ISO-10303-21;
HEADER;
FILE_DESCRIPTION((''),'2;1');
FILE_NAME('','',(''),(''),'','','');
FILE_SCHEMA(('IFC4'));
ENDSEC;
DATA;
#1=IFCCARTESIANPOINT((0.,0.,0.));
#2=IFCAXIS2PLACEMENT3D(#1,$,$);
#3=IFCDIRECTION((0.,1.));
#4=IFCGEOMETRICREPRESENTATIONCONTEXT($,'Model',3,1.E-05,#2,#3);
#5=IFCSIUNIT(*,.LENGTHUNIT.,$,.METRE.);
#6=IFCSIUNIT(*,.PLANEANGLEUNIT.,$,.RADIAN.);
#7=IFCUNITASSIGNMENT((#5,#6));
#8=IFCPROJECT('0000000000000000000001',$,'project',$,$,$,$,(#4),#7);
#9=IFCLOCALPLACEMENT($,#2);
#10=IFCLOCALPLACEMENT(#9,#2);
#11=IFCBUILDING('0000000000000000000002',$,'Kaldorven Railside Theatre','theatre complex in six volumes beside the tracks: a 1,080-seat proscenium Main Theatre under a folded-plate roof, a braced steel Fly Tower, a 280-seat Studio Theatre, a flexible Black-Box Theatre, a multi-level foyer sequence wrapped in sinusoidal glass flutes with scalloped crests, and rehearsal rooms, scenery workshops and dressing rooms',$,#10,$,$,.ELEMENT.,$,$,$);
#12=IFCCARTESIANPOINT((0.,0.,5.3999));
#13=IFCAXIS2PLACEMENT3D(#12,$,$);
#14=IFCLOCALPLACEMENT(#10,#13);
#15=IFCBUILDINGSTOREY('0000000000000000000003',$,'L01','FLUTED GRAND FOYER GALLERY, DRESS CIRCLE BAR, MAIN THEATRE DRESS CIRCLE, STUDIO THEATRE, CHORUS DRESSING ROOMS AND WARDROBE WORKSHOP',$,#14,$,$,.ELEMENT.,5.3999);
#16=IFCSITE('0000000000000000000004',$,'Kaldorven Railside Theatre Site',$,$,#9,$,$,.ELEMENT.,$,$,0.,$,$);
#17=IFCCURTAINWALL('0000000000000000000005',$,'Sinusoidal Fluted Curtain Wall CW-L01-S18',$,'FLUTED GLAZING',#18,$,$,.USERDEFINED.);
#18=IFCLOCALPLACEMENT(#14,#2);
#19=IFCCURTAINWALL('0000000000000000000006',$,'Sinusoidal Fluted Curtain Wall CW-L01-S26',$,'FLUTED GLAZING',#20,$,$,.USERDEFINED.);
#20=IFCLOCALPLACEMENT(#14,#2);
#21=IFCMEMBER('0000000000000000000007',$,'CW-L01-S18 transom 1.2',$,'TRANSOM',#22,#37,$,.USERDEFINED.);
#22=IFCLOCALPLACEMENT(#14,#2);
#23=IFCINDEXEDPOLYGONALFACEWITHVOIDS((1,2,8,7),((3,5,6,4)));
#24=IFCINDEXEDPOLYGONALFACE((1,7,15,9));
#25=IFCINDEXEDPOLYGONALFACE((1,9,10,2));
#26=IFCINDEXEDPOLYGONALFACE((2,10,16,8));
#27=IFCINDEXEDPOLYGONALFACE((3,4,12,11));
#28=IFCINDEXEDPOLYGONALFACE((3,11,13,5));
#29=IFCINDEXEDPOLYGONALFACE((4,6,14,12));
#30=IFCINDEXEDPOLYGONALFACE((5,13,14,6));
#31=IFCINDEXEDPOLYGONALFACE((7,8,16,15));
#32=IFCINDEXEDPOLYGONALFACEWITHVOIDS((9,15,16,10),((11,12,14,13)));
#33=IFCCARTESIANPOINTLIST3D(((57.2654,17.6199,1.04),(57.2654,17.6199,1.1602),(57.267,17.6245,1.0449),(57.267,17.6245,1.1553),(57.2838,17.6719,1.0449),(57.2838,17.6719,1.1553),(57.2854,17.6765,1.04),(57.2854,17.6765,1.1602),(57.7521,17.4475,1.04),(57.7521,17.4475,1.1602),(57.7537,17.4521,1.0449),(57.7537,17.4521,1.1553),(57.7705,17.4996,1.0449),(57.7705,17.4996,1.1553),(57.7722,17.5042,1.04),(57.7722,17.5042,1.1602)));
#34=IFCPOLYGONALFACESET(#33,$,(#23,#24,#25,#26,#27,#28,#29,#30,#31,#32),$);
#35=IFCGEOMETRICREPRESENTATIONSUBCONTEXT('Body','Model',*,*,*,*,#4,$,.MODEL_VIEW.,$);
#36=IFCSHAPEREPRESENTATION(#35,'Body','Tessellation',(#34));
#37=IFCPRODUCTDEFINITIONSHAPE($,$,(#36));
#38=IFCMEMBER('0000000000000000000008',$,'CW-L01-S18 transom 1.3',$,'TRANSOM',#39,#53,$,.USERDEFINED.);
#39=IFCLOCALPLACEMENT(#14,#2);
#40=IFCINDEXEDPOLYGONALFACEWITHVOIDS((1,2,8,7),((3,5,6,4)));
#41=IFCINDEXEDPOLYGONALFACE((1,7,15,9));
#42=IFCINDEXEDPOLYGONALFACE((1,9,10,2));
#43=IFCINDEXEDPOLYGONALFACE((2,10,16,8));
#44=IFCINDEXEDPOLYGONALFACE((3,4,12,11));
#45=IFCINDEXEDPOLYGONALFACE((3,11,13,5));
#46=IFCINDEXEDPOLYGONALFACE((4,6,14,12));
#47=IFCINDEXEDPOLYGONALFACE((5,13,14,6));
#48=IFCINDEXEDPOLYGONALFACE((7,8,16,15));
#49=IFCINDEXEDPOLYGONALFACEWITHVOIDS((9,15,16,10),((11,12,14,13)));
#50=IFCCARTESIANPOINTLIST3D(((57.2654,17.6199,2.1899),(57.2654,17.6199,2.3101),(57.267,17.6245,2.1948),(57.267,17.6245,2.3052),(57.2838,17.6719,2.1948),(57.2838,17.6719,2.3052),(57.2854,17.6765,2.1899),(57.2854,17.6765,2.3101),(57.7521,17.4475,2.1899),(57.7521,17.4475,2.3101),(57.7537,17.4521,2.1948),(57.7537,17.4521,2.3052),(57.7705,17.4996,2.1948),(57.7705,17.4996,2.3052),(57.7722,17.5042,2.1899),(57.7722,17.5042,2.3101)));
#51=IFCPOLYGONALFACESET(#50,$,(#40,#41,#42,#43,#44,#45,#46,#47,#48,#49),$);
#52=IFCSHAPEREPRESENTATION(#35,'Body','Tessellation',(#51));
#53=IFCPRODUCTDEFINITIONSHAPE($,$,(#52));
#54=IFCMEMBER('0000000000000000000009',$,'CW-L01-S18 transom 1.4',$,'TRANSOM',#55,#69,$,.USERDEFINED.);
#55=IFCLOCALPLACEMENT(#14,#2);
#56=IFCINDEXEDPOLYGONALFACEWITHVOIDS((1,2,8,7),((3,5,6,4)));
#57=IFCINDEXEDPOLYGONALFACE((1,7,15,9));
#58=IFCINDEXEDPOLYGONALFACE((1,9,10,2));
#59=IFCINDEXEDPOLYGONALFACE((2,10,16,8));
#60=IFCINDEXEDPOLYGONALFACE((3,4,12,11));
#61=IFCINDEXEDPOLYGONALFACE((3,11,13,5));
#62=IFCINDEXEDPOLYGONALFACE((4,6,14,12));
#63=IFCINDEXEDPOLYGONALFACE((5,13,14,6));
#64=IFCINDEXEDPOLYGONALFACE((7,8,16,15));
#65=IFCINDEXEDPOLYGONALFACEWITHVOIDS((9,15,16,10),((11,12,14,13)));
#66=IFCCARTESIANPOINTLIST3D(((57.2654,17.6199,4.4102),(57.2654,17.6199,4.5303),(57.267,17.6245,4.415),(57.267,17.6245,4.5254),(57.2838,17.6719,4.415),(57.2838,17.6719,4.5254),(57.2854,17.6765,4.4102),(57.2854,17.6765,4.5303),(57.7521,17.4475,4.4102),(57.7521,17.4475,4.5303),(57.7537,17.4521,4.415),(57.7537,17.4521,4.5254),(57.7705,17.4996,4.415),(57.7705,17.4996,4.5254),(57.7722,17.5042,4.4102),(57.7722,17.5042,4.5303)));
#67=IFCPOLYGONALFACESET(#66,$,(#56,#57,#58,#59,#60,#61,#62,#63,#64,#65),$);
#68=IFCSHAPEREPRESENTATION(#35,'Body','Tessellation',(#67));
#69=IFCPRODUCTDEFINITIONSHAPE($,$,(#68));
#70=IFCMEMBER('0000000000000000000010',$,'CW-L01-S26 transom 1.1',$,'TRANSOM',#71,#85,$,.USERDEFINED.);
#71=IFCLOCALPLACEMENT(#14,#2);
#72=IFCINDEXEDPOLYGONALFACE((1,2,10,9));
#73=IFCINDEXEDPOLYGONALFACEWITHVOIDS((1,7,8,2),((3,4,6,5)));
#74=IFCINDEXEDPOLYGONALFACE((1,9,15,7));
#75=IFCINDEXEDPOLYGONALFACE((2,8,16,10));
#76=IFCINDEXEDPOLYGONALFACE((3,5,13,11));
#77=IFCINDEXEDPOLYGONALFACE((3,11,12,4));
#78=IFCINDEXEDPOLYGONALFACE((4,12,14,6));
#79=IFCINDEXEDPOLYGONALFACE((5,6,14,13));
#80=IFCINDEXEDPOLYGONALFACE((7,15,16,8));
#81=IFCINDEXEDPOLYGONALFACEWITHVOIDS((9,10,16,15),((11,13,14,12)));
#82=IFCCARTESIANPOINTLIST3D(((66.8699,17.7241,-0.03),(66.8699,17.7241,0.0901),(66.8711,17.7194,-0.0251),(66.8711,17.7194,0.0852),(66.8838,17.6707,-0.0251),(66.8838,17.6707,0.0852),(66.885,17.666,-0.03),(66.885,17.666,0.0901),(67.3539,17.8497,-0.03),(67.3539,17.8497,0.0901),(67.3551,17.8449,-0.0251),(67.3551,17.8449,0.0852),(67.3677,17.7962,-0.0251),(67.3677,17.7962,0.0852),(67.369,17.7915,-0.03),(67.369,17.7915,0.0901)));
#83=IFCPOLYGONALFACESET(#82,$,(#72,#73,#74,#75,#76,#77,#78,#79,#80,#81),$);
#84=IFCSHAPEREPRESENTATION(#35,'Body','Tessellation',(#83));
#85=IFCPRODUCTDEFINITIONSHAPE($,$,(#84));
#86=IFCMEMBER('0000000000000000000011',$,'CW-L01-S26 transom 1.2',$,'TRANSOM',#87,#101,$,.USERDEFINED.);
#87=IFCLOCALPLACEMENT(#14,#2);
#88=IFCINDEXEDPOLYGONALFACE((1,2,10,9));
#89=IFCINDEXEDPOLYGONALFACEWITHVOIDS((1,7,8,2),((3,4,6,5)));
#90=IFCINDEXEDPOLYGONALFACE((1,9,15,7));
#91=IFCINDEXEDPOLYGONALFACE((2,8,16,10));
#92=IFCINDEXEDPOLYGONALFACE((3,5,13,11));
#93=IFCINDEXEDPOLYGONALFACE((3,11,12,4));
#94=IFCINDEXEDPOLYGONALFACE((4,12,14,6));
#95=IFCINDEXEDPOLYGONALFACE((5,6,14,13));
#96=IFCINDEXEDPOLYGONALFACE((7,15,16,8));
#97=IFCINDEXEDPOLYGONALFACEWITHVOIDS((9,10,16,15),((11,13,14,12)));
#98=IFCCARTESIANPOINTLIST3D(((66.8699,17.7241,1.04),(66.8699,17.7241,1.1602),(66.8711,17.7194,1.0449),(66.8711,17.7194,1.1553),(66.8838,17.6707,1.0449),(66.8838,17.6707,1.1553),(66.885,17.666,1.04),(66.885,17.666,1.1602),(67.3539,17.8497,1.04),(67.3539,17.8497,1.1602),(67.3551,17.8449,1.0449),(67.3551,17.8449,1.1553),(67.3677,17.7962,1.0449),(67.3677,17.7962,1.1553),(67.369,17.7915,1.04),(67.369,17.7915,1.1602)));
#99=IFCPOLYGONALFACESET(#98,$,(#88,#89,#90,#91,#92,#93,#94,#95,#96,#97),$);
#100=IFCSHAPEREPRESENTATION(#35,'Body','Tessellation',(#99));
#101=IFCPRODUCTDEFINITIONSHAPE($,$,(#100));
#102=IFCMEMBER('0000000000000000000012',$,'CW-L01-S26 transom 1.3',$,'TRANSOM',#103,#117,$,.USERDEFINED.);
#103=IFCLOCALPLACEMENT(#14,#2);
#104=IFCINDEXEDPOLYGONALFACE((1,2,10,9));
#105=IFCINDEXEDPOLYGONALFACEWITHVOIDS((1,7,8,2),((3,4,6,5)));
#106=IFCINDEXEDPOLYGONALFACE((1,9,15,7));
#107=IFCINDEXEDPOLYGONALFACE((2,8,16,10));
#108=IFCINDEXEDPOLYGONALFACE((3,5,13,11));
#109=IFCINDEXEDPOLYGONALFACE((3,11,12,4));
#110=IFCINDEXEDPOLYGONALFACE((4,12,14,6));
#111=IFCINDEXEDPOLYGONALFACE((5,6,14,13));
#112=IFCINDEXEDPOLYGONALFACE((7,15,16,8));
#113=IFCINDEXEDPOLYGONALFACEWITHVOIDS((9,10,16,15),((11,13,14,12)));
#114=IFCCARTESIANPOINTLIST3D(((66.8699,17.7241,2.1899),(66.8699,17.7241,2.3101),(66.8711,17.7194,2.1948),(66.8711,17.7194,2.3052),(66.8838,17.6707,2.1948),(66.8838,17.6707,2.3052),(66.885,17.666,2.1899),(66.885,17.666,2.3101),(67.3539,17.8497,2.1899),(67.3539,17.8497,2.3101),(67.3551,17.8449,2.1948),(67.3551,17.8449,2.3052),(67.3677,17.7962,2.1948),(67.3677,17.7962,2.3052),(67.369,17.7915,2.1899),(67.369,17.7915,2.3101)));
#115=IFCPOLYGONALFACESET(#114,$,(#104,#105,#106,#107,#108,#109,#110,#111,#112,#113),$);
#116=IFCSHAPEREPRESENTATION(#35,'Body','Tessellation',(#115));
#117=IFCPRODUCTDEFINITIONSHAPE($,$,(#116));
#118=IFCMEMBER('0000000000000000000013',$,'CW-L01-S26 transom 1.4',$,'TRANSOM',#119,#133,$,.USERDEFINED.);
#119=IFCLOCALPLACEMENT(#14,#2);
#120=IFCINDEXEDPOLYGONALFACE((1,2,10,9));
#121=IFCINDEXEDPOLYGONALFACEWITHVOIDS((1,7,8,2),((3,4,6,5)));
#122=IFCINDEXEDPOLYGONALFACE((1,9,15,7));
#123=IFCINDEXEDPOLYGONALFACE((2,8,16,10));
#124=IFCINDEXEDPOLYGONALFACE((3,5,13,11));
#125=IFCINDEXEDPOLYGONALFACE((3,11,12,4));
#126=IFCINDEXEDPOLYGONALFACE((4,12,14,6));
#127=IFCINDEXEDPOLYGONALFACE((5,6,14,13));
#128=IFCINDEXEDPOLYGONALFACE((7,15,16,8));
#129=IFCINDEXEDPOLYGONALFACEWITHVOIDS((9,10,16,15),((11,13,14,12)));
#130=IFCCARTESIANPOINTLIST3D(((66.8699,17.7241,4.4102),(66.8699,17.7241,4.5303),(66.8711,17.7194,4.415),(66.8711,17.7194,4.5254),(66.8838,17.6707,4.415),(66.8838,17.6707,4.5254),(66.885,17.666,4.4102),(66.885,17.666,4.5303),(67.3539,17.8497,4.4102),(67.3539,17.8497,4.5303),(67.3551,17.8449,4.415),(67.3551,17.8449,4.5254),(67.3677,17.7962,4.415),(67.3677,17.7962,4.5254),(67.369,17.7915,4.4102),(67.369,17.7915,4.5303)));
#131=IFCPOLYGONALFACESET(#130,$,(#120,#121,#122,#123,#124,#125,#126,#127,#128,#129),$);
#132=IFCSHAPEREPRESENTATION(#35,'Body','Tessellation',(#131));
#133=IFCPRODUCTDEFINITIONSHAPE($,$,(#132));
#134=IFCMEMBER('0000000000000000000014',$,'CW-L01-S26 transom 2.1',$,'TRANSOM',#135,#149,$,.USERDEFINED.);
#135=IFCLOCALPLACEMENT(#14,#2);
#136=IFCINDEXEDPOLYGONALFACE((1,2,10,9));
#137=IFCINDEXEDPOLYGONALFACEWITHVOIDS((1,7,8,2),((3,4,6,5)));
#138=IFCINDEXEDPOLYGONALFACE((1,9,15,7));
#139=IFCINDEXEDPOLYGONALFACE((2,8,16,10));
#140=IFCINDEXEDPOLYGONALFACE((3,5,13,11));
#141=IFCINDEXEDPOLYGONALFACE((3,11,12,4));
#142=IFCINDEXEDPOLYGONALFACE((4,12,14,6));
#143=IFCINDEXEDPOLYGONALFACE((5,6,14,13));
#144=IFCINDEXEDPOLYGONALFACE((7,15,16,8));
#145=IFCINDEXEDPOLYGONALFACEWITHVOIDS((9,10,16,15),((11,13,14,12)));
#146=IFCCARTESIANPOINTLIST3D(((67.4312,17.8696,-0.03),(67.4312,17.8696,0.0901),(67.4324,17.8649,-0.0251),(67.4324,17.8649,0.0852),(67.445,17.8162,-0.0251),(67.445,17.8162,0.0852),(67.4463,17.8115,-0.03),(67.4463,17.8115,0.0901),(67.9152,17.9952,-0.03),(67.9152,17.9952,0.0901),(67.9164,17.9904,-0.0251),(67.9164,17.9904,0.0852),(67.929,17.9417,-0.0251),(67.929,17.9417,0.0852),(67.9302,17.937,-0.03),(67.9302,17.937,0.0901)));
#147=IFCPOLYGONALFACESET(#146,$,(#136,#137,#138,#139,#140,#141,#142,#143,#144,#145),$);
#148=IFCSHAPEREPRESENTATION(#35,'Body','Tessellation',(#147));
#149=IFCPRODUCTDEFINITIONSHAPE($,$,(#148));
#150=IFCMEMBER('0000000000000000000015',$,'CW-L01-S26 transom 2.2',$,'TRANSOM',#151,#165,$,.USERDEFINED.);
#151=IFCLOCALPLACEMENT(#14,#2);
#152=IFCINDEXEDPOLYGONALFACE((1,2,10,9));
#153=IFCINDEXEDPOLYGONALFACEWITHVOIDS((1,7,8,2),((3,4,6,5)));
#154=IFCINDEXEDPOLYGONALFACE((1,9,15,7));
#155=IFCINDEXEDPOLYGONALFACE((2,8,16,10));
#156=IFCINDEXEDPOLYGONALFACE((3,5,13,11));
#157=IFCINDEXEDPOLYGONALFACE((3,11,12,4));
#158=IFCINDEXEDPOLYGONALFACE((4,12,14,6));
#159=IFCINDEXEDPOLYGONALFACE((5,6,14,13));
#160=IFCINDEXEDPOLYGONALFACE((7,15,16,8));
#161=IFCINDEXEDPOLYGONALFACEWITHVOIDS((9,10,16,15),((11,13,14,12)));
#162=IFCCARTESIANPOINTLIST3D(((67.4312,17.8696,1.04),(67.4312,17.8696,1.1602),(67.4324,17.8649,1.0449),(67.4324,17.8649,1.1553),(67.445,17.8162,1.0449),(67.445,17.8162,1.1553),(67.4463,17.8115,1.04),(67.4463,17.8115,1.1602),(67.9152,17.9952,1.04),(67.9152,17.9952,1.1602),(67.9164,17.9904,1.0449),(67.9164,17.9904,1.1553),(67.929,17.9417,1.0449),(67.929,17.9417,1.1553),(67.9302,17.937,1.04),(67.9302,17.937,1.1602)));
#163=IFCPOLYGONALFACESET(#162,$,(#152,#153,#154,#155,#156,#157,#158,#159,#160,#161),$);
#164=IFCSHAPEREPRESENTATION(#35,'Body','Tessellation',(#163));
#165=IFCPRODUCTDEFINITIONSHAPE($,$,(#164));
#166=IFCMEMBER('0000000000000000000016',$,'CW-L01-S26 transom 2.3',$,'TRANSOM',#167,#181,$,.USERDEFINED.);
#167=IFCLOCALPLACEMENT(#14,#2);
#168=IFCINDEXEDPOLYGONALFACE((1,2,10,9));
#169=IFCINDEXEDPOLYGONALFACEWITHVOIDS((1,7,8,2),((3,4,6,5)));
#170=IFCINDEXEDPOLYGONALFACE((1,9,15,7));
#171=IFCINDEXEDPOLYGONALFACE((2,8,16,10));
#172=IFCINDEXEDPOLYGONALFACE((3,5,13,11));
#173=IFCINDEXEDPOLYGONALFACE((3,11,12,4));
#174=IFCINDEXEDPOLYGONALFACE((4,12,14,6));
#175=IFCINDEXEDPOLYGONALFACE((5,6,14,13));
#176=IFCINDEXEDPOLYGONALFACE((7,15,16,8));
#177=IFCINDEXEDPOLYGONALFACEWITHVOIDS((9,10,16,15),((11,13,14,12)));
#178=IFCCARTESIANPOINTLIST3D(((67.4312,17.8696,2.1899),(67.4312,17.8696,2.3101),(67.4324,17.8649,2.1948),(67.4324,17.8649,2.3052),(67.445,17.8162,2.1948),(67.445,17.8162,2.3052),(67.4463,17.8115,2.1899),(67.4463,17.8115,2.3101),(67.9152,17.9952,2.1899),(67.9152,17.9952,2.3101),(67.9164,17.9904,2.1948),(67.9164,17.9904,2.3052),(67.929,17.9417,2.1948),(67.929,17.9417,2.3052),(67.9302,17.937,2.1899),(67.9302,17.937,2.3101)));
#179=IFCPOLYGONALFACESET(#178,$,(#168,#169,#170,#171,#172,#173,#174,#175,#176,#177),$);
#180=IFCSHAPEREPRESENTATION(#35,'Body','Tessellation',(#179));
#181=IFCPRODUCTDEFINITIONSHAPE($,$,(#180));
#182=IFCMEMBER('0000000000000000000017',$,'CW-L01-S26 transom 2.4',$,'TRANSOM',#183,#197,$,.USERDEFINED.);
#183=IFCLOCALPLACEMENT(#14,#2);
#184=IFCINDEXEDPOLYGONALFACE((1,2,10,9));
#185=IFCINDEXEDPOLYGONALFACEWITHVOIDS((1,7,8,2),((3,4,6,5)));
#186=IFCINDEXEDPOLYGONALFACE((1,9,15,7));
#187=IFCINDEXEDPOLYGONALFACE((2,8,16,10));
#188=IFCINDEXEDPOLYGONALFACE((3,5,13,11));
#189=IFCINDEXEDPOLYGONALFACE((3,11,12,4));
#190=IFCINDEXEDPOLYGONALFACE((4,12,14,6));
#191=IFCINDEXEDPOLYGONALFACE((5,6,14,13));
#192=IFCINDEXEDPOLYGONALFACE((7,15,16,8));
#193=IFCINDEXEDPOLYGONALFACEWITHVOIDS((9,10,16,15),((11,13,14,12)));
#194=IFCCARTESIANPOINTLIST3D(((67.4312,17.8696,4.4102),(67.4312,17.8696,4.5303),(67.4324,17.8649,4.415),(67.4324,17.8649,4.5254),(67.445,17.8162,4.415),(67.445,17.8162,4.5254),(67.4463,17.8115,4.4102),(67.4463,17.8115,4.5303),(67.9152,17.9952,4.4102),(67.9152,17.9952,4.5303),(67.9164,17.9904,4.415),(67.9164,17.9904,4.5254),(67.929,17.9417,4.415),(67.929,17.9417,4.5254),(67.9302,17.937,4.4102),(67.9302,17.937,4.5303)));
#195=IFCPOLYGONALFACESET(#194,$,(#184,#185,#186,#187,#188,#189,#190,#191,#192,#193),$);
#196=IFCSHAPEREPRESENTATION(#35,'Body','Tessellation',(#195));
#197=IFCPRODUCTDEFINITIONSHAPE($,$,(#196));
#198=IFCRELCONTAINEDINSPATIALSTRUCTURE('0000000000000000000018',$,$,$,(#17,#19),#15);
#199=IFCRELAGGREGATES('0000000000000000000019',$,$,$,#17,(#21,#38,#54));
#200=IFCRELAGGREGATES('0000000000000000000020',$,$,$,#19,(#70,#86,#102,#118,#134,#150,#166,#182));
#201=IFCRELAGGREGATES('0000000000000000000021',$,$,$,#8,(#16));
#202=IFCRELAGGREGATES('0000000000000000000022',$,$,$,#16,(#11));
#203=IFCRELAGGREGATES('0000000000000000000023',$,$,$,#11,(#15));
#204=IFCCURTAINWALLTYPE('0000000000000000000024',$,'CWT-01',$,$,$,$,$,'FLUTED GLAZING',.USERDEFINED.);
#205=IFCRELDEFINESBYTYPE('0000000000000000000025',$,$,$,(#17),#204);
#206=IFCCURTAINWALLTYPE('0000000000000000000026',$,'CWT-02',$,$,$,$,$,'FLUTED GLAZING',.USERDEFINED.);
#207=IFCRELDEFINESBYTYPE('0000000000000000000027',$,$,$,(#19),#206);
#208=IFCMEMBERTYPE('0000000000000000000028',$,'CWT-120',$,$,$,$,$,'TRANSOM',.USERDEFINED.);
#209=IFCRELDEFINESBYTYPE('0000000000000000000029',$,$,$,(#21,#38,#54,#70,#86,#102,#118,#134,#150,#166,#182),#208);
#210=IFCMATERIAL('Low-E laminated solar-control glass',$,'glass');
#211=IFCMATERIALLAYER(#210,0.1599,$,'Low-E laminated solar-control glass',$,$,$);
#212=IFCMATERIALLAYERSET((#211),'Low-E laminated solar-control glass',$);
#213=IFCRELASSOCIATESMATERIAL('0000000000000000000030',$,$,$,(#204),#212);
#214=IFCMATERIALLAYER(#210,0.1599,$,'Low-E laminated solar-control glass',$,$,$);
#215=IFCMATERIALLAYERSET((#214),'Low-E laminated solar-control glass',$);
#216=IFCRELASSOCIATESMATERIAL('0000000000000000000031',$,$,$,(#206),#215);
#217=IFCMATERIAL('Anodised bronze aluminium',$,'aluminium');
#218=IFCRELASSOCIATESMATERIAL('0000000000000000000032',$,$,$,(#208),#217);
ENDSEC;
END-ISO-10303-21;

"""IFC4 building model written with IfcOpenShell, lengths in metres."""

from ifc_helpers import new_model, si_unit, direction, frame, origin, origin_2d, place, context, subcontext, project, spatial, hollow_rectangle, extrude, material, layer, layer_set, material_profile, profile_set, type_object, element, aggregate, save


model = new_model("IFC4")

# Units and contexts
model_context = context("Model", 3, precision=1e-05, world=origin(), true_north=direction((0.0, 1.0)))
body_context = subcontext(model_context, "Body", "Model", "MODEL_VIEW")
ifc_project = project(units=[si_unit("LENGTHUNIT", "METRE"), si_unit("PLANEANGLEUNIT", "RADIAN")], contexts=[model_context])

# Site, building, storey
site_placement = place(None, origin())
site = spatial("IfcSite", under=ifc_project, at=site_placement, Name="Kaldorven Railside Theatre Site", CompositionType="ELEMENT", RefElevation=0.0)
building_placement = place(site_placement, origin())
building = spatial("IfcBuilding", under=site, at=building_placement, Name="Kaldorven Railside Theatre", Description="theatre complex in six volumes beside the tracks: a 1,080-seat proscenium Main Theatre under a folded-plate roof, a braced steel Fly Tower, a 280-seat Studio Theatre, a flexible Black-Box Theatre, a multi-level foyer sequence wrapped in sinusoidal glass flutes with scalloped crests, and rehearsal rooms, scenery workshops and dressing rooms", CompositionType="ELEMENT")
storey_placement = place(building_placement, frame((0.0, 0.0, 5.3999)))
storey = spatial("IfcBuildingStorey", under=building, at=storey_placement, Name="L01", Description="FLUTED GRAND FOYER GALLERY, DRESS CIRCLE BAR, MAIN THEATRE DRESS CIRCLE, STUDIO THEATRE, CHORUS DRESSING ROOMS AND WARDROBE WORKSHOP", CompositionType="ELEMENT", Elevation=5.3999)

# Curtain wall
ifc_material_1 = material(Name="Low-E laminated solar-control glass", Category="glass")
ifc_layer_1 = layer(ifc_material_1, 0.1599, Name="Low-E laminated solar-control glass")
ifc_layer_set_1 = layer_set([ifc_layer_1], Name="Low-E laminated solar-control glass")
curtain_wall_type_1 = type_object("IfcCurtainWallType", Name="CWT-01", ElementType="FLUTED GLAZING", PredefinedType="USERDEFINED", material=ifc_layer_set_1)
curtain_wall_1_placement = place(storey_placement, origin())
curtain_wall_1 = element("IfcCurtainWall", 1, at=curtain_wall_1_placement, inside=storey, type_object=curtain_wall_type_1, Name="Sinusoidal Fluted Curtain Wall CW-L01-S18", ObjectType="FLUTED GLAZING", PredefinedType="USERDEFINED")
ifc_material_2 = material(Name="Anodised bronze aluminium", Category="aluminium")

# Curtain wall
ifc_layer_2 = layer(ifc_material_1, 0.1599, Name="Low-E laminated solar-control glass")
ifc_layer_set_2 = layer_set([ifc_layer_2], Name="Low-E laminated solar-control glass")
curtain_wall_type_2 = type_object("IfcCurtainWallType", Name="CWT-02", ElementType="FLUTED GLAZING", PredefinedType="USERDEFINED", material=ifc_layer_set_2)
curtain_wall_2_placement = place(storey_placement, origin())
curtain_wall_2 = element("IfcCurtainWall", 2, at=curtain_wall_2_placement, inside=storey, type_object=curtain_wall_type_2, Name="Sinusoidal Fluted Curtain Wall CW-L01-S26", ObjectType="FLUTED GLAZING", PredefinedType="USERDEFINED")

# Members
ifc_material_profile_1 = material_profile(ifc_material_2, hollow_rectangle(XDim=0.0601, YDim=0.1201, WallThickness=0.0049, at=origin_2d()), Name="RHS 120x60x5")
ifc_profile_set_1 = profile_set([ifc_material_profile_1], Name="Anodised bronze aluminium")
member_type_1 = type_object("IfcMemberType", Name="CWT-120", ElementType="TRANSOM", PredefinedType="USERDEFINED", material=ifc_profile_set_1)
member_1_placement = place(storey_placement, frame((57.2754, 17.6482, 1.1001), z_axis=(0.942658, -0.33376, 0.0), x_axis=(0.33376, 0.942658, 0.0)))
member_1 = element("IfcMember", 3, at=member_1_placement, type_object=member_type_1, Name="CW-L01-S18 transom 1.2", ObjectType="TRANSOM", PredefinedType="USERDEFINED", context=body_context, shape_type="SweptSolid", body=[
    extrude(hollow_rectangle(XDim=0.0601, YDim=0.1201, WallThickness=0.0049, at=origin_2d()), origin(), (0.0, 0.0, 1.0), 0.5164),
])
member_2_placement = place(storey_placement, frame((57.2754, 17.6482, 2.25), z_axis=(0.942658, -0.33376, 0.0), x_axis=(0.33376, 0.942658, 0.0)))
member_2 = element("IfcMember", 4, at=member_2_placement, type_object=member_type_1, Name="CW-L01-S18 transom 1.3", ObjectType="TRANSOM", PredefinedType="USERDEFINED", context=body_context, shape_type="SweptSolid", body=[
    extrude(hollow_rectangle(XDim=0.0601, YDim=0.1201, WallThickness=0.0049, at=origin_2d()), origin(), (0.0, 0.0, 1.0), 0.5164),
])
member_3_placement = place(storey_placement, frame((57.2754, 17.6482, 4.4702), z_axis=(0.942658, -0.33376, 0.0), x_axis=(0.33376, 0.942658, 0.0)))
member_3 = element("IfcMember", 5, at=member_3_placement, type_object=member_type_1, Name="CW-L01-S18 transom 1.4", ObjectType="TRANSOM", PredefinedType="USERDEFINED", context=body_context, shape_type="SweptSolid", body=[
    extrude(hollow_rectangle(XDim=0.0601, YDim=0.1201, WallThickness=0.0049, at=origin_2d()), origin(), (0.0, 0.0, 1.0), 0.5164),
])
aggregate(curtain_wall_1, [member_1, member_2, member_3])
member_4_placement = place(storey_placement, frame((66.8774, 17.6951, 0.03), z_axis=(0.967979, 0.25103, 0.0), x_axis=(-0.25103, 0.967979, 0.0)))
member_4 = element("IfcMember", 6, at=member_4_placement, type_object=member_type_1, Name="CW-L01-S26 transom 1.1", ObjectType="TRANSOM", PredefinedType="USERDEFINED", context=body_context, shape_type="SweptSolid", body=[
    extrude(hollow_rectangle(XDim=0.0601, YDim=0.1201, WallThickness=0.0049, at=origin_2d()), origin(), (0.0, 0.0, 1.0), 0.5),
])
member_5_placement = place(storey_placement, frame((66.8774, 17.6951, 1.1001), z_axis=(0.967979, 0.25103, 0.0), x_axis=(-0.25103, 0.967979, 0.0)))
member_5 = element("IfcMember", 7, at=member_5_placement, type_object=member_type_1, Name="CW-L01-S26 transom 1.2", ObjectType="TRANSOM", PredefinedType="USERDEFINED", context=body_context, shape_type="SweptSolid", body=[
    extrude(hollow_rectangle(XDim=0.0601, YDim=0.1201, WallThickness=0.0049, at=origin_2d()), origin(), (0.0, 0.0, 1.0), 0.5),
])
member_6_placement = place(storey_placement, frame((66.8774, 17.6951, 2.25), z_axis=(0.967979, 0.25103, 0.0), x_axis=(-0.25103, 0.967979, 0.0)))
member_6 = element("IfcMember", 8, at=member_6_placement, type_object=member_type_1, Name="CW-L01-S26 transom 1.3", ObjectType="TRANSOM", PredefinedType="USERDEFINED", context=body_context, shape_type="SweptSolid", body=[
    extrude(hollow_rectangle(XDim=0.0601, YDim=0.1201, WallThickness=0.0049, at=origin_2d()), origin(), (0.0, 0.0, 1.0), 0.5),
])
member_7_placement = place(storey_placement, frame((66.8774, 17.6951, 4.4702), z_axis=(0.967979, 0.25103, 0.0), x_axis=(-0.25103, 0.967979, 0.0)))
member_7 = element("IfcMember", 9, at=member_7_placement, type_object=member_type_1, Name="CW-L01-S26 transom 1.4", ObjectType="TRANSOM", PredefinedType="USERDEFINED", context=body_context, shape_type="SweptSolid", body=[
    extrude(hollow_rectangle(XDim=0.0601, YDim=0.1201, WallThickness=0.0049, at=origin_2d()), origin(), (0.0, 0.0, 1.0), 0.5),
])
member_8_placement = place(storey_placement, frame((67.4387, 17.8406, 0.03), z_axis=(0.967979, 0.25103, 0.0), x_axis=(-0.25103, 0.967979, 0.0)))
member_8 = element("IfcMember", 10, at=member_8_placement, type_object=member_type_1, Name="CW-L01-S26 transom 2.1", ObjectType="TRANSOM", PredefinedType="USERDEFINED", context=body_context, shape_type="SweptSolid", body=[
    extrude(hollow_rectangle(XDim=0.0601, YDim=0.1201, WallThickness=0.0049, at=origin_2d()), origin(), (0.0, 0.0, 1.0), 0.5),
])
member_9_placement = place(storey_placement, frame((67.4387, 17.8406, 1.1001), z_axis=(0.967979, 0.25103, 0.0), x_axis=(-0.25103, 0.967979, 0.0)))
member_9 = element("IfcMember", 11, at=member_9_placement, type_object=member_type_1, Name="CW-L01-S26 transom 2.2", ObjectType="TRANSOM", PredefinedType="USERDEFINED", context=body_context, shape_type="SweptSolid", body=[
    extrude(hollow_rectangle(XDim=0.0601, YDim=0.1201, WallThickness=0.0049, at=origin_2d()), origin(), (0.0, 0.0, 1.0), 0.5),
])
member_10_placement = place(storey_placement, frame((67.4387, 17.8406, 2.25), z_axis=(0.967979, 0.25103, 0.0), x_axis=(-0.25103, 0.967979, 0.0)))
member_10 = element("IfcMember", 12, at=member_10_placement, type_object=member_type_1, Name="CW-L01-S26 transom 2.3", ObjectType="TRANSOM", PredefinedType="USERDEFINED", context=body_context, shape_type="SweptSolid", body=[
    extrude(hollow_rectangle(XDim=0.0601, YDim=0.1201, WallThickness=0.0049, at=origin_2d()), origin(), (0.0, 0.0, 1.0), 0.5),
])
member_11_placement = place(storey_placement, frame((67.4387, 17.8406, 4.4702), z_axis=(0.967979, 0.25103, 0.0), x_axis=(-0.25103, 0.967979, 0.0)))
member_11 = element("IfcMember", 13, at=member_11_placement, type_object=member_type_1, Name="CW-L01-S26 transom 2.4", ObjectType="TRANSOM", PredefinedType="USERDEFINED", context=body_context, shape_type="SweptSolid", body=[
    extrude(hollow_rectangle(XDim=0.0601, YDim=0.1201, WallThickness=0.0049, at=origin_2d()), origin(), (0.0, 0.0, 1.0), 0.5),
])

aggregate(curtain_wall_2, [member_4, member_5, member_6, member_7, member_8, member_9, member_10, member_11])

save(model, "model.ifc")
